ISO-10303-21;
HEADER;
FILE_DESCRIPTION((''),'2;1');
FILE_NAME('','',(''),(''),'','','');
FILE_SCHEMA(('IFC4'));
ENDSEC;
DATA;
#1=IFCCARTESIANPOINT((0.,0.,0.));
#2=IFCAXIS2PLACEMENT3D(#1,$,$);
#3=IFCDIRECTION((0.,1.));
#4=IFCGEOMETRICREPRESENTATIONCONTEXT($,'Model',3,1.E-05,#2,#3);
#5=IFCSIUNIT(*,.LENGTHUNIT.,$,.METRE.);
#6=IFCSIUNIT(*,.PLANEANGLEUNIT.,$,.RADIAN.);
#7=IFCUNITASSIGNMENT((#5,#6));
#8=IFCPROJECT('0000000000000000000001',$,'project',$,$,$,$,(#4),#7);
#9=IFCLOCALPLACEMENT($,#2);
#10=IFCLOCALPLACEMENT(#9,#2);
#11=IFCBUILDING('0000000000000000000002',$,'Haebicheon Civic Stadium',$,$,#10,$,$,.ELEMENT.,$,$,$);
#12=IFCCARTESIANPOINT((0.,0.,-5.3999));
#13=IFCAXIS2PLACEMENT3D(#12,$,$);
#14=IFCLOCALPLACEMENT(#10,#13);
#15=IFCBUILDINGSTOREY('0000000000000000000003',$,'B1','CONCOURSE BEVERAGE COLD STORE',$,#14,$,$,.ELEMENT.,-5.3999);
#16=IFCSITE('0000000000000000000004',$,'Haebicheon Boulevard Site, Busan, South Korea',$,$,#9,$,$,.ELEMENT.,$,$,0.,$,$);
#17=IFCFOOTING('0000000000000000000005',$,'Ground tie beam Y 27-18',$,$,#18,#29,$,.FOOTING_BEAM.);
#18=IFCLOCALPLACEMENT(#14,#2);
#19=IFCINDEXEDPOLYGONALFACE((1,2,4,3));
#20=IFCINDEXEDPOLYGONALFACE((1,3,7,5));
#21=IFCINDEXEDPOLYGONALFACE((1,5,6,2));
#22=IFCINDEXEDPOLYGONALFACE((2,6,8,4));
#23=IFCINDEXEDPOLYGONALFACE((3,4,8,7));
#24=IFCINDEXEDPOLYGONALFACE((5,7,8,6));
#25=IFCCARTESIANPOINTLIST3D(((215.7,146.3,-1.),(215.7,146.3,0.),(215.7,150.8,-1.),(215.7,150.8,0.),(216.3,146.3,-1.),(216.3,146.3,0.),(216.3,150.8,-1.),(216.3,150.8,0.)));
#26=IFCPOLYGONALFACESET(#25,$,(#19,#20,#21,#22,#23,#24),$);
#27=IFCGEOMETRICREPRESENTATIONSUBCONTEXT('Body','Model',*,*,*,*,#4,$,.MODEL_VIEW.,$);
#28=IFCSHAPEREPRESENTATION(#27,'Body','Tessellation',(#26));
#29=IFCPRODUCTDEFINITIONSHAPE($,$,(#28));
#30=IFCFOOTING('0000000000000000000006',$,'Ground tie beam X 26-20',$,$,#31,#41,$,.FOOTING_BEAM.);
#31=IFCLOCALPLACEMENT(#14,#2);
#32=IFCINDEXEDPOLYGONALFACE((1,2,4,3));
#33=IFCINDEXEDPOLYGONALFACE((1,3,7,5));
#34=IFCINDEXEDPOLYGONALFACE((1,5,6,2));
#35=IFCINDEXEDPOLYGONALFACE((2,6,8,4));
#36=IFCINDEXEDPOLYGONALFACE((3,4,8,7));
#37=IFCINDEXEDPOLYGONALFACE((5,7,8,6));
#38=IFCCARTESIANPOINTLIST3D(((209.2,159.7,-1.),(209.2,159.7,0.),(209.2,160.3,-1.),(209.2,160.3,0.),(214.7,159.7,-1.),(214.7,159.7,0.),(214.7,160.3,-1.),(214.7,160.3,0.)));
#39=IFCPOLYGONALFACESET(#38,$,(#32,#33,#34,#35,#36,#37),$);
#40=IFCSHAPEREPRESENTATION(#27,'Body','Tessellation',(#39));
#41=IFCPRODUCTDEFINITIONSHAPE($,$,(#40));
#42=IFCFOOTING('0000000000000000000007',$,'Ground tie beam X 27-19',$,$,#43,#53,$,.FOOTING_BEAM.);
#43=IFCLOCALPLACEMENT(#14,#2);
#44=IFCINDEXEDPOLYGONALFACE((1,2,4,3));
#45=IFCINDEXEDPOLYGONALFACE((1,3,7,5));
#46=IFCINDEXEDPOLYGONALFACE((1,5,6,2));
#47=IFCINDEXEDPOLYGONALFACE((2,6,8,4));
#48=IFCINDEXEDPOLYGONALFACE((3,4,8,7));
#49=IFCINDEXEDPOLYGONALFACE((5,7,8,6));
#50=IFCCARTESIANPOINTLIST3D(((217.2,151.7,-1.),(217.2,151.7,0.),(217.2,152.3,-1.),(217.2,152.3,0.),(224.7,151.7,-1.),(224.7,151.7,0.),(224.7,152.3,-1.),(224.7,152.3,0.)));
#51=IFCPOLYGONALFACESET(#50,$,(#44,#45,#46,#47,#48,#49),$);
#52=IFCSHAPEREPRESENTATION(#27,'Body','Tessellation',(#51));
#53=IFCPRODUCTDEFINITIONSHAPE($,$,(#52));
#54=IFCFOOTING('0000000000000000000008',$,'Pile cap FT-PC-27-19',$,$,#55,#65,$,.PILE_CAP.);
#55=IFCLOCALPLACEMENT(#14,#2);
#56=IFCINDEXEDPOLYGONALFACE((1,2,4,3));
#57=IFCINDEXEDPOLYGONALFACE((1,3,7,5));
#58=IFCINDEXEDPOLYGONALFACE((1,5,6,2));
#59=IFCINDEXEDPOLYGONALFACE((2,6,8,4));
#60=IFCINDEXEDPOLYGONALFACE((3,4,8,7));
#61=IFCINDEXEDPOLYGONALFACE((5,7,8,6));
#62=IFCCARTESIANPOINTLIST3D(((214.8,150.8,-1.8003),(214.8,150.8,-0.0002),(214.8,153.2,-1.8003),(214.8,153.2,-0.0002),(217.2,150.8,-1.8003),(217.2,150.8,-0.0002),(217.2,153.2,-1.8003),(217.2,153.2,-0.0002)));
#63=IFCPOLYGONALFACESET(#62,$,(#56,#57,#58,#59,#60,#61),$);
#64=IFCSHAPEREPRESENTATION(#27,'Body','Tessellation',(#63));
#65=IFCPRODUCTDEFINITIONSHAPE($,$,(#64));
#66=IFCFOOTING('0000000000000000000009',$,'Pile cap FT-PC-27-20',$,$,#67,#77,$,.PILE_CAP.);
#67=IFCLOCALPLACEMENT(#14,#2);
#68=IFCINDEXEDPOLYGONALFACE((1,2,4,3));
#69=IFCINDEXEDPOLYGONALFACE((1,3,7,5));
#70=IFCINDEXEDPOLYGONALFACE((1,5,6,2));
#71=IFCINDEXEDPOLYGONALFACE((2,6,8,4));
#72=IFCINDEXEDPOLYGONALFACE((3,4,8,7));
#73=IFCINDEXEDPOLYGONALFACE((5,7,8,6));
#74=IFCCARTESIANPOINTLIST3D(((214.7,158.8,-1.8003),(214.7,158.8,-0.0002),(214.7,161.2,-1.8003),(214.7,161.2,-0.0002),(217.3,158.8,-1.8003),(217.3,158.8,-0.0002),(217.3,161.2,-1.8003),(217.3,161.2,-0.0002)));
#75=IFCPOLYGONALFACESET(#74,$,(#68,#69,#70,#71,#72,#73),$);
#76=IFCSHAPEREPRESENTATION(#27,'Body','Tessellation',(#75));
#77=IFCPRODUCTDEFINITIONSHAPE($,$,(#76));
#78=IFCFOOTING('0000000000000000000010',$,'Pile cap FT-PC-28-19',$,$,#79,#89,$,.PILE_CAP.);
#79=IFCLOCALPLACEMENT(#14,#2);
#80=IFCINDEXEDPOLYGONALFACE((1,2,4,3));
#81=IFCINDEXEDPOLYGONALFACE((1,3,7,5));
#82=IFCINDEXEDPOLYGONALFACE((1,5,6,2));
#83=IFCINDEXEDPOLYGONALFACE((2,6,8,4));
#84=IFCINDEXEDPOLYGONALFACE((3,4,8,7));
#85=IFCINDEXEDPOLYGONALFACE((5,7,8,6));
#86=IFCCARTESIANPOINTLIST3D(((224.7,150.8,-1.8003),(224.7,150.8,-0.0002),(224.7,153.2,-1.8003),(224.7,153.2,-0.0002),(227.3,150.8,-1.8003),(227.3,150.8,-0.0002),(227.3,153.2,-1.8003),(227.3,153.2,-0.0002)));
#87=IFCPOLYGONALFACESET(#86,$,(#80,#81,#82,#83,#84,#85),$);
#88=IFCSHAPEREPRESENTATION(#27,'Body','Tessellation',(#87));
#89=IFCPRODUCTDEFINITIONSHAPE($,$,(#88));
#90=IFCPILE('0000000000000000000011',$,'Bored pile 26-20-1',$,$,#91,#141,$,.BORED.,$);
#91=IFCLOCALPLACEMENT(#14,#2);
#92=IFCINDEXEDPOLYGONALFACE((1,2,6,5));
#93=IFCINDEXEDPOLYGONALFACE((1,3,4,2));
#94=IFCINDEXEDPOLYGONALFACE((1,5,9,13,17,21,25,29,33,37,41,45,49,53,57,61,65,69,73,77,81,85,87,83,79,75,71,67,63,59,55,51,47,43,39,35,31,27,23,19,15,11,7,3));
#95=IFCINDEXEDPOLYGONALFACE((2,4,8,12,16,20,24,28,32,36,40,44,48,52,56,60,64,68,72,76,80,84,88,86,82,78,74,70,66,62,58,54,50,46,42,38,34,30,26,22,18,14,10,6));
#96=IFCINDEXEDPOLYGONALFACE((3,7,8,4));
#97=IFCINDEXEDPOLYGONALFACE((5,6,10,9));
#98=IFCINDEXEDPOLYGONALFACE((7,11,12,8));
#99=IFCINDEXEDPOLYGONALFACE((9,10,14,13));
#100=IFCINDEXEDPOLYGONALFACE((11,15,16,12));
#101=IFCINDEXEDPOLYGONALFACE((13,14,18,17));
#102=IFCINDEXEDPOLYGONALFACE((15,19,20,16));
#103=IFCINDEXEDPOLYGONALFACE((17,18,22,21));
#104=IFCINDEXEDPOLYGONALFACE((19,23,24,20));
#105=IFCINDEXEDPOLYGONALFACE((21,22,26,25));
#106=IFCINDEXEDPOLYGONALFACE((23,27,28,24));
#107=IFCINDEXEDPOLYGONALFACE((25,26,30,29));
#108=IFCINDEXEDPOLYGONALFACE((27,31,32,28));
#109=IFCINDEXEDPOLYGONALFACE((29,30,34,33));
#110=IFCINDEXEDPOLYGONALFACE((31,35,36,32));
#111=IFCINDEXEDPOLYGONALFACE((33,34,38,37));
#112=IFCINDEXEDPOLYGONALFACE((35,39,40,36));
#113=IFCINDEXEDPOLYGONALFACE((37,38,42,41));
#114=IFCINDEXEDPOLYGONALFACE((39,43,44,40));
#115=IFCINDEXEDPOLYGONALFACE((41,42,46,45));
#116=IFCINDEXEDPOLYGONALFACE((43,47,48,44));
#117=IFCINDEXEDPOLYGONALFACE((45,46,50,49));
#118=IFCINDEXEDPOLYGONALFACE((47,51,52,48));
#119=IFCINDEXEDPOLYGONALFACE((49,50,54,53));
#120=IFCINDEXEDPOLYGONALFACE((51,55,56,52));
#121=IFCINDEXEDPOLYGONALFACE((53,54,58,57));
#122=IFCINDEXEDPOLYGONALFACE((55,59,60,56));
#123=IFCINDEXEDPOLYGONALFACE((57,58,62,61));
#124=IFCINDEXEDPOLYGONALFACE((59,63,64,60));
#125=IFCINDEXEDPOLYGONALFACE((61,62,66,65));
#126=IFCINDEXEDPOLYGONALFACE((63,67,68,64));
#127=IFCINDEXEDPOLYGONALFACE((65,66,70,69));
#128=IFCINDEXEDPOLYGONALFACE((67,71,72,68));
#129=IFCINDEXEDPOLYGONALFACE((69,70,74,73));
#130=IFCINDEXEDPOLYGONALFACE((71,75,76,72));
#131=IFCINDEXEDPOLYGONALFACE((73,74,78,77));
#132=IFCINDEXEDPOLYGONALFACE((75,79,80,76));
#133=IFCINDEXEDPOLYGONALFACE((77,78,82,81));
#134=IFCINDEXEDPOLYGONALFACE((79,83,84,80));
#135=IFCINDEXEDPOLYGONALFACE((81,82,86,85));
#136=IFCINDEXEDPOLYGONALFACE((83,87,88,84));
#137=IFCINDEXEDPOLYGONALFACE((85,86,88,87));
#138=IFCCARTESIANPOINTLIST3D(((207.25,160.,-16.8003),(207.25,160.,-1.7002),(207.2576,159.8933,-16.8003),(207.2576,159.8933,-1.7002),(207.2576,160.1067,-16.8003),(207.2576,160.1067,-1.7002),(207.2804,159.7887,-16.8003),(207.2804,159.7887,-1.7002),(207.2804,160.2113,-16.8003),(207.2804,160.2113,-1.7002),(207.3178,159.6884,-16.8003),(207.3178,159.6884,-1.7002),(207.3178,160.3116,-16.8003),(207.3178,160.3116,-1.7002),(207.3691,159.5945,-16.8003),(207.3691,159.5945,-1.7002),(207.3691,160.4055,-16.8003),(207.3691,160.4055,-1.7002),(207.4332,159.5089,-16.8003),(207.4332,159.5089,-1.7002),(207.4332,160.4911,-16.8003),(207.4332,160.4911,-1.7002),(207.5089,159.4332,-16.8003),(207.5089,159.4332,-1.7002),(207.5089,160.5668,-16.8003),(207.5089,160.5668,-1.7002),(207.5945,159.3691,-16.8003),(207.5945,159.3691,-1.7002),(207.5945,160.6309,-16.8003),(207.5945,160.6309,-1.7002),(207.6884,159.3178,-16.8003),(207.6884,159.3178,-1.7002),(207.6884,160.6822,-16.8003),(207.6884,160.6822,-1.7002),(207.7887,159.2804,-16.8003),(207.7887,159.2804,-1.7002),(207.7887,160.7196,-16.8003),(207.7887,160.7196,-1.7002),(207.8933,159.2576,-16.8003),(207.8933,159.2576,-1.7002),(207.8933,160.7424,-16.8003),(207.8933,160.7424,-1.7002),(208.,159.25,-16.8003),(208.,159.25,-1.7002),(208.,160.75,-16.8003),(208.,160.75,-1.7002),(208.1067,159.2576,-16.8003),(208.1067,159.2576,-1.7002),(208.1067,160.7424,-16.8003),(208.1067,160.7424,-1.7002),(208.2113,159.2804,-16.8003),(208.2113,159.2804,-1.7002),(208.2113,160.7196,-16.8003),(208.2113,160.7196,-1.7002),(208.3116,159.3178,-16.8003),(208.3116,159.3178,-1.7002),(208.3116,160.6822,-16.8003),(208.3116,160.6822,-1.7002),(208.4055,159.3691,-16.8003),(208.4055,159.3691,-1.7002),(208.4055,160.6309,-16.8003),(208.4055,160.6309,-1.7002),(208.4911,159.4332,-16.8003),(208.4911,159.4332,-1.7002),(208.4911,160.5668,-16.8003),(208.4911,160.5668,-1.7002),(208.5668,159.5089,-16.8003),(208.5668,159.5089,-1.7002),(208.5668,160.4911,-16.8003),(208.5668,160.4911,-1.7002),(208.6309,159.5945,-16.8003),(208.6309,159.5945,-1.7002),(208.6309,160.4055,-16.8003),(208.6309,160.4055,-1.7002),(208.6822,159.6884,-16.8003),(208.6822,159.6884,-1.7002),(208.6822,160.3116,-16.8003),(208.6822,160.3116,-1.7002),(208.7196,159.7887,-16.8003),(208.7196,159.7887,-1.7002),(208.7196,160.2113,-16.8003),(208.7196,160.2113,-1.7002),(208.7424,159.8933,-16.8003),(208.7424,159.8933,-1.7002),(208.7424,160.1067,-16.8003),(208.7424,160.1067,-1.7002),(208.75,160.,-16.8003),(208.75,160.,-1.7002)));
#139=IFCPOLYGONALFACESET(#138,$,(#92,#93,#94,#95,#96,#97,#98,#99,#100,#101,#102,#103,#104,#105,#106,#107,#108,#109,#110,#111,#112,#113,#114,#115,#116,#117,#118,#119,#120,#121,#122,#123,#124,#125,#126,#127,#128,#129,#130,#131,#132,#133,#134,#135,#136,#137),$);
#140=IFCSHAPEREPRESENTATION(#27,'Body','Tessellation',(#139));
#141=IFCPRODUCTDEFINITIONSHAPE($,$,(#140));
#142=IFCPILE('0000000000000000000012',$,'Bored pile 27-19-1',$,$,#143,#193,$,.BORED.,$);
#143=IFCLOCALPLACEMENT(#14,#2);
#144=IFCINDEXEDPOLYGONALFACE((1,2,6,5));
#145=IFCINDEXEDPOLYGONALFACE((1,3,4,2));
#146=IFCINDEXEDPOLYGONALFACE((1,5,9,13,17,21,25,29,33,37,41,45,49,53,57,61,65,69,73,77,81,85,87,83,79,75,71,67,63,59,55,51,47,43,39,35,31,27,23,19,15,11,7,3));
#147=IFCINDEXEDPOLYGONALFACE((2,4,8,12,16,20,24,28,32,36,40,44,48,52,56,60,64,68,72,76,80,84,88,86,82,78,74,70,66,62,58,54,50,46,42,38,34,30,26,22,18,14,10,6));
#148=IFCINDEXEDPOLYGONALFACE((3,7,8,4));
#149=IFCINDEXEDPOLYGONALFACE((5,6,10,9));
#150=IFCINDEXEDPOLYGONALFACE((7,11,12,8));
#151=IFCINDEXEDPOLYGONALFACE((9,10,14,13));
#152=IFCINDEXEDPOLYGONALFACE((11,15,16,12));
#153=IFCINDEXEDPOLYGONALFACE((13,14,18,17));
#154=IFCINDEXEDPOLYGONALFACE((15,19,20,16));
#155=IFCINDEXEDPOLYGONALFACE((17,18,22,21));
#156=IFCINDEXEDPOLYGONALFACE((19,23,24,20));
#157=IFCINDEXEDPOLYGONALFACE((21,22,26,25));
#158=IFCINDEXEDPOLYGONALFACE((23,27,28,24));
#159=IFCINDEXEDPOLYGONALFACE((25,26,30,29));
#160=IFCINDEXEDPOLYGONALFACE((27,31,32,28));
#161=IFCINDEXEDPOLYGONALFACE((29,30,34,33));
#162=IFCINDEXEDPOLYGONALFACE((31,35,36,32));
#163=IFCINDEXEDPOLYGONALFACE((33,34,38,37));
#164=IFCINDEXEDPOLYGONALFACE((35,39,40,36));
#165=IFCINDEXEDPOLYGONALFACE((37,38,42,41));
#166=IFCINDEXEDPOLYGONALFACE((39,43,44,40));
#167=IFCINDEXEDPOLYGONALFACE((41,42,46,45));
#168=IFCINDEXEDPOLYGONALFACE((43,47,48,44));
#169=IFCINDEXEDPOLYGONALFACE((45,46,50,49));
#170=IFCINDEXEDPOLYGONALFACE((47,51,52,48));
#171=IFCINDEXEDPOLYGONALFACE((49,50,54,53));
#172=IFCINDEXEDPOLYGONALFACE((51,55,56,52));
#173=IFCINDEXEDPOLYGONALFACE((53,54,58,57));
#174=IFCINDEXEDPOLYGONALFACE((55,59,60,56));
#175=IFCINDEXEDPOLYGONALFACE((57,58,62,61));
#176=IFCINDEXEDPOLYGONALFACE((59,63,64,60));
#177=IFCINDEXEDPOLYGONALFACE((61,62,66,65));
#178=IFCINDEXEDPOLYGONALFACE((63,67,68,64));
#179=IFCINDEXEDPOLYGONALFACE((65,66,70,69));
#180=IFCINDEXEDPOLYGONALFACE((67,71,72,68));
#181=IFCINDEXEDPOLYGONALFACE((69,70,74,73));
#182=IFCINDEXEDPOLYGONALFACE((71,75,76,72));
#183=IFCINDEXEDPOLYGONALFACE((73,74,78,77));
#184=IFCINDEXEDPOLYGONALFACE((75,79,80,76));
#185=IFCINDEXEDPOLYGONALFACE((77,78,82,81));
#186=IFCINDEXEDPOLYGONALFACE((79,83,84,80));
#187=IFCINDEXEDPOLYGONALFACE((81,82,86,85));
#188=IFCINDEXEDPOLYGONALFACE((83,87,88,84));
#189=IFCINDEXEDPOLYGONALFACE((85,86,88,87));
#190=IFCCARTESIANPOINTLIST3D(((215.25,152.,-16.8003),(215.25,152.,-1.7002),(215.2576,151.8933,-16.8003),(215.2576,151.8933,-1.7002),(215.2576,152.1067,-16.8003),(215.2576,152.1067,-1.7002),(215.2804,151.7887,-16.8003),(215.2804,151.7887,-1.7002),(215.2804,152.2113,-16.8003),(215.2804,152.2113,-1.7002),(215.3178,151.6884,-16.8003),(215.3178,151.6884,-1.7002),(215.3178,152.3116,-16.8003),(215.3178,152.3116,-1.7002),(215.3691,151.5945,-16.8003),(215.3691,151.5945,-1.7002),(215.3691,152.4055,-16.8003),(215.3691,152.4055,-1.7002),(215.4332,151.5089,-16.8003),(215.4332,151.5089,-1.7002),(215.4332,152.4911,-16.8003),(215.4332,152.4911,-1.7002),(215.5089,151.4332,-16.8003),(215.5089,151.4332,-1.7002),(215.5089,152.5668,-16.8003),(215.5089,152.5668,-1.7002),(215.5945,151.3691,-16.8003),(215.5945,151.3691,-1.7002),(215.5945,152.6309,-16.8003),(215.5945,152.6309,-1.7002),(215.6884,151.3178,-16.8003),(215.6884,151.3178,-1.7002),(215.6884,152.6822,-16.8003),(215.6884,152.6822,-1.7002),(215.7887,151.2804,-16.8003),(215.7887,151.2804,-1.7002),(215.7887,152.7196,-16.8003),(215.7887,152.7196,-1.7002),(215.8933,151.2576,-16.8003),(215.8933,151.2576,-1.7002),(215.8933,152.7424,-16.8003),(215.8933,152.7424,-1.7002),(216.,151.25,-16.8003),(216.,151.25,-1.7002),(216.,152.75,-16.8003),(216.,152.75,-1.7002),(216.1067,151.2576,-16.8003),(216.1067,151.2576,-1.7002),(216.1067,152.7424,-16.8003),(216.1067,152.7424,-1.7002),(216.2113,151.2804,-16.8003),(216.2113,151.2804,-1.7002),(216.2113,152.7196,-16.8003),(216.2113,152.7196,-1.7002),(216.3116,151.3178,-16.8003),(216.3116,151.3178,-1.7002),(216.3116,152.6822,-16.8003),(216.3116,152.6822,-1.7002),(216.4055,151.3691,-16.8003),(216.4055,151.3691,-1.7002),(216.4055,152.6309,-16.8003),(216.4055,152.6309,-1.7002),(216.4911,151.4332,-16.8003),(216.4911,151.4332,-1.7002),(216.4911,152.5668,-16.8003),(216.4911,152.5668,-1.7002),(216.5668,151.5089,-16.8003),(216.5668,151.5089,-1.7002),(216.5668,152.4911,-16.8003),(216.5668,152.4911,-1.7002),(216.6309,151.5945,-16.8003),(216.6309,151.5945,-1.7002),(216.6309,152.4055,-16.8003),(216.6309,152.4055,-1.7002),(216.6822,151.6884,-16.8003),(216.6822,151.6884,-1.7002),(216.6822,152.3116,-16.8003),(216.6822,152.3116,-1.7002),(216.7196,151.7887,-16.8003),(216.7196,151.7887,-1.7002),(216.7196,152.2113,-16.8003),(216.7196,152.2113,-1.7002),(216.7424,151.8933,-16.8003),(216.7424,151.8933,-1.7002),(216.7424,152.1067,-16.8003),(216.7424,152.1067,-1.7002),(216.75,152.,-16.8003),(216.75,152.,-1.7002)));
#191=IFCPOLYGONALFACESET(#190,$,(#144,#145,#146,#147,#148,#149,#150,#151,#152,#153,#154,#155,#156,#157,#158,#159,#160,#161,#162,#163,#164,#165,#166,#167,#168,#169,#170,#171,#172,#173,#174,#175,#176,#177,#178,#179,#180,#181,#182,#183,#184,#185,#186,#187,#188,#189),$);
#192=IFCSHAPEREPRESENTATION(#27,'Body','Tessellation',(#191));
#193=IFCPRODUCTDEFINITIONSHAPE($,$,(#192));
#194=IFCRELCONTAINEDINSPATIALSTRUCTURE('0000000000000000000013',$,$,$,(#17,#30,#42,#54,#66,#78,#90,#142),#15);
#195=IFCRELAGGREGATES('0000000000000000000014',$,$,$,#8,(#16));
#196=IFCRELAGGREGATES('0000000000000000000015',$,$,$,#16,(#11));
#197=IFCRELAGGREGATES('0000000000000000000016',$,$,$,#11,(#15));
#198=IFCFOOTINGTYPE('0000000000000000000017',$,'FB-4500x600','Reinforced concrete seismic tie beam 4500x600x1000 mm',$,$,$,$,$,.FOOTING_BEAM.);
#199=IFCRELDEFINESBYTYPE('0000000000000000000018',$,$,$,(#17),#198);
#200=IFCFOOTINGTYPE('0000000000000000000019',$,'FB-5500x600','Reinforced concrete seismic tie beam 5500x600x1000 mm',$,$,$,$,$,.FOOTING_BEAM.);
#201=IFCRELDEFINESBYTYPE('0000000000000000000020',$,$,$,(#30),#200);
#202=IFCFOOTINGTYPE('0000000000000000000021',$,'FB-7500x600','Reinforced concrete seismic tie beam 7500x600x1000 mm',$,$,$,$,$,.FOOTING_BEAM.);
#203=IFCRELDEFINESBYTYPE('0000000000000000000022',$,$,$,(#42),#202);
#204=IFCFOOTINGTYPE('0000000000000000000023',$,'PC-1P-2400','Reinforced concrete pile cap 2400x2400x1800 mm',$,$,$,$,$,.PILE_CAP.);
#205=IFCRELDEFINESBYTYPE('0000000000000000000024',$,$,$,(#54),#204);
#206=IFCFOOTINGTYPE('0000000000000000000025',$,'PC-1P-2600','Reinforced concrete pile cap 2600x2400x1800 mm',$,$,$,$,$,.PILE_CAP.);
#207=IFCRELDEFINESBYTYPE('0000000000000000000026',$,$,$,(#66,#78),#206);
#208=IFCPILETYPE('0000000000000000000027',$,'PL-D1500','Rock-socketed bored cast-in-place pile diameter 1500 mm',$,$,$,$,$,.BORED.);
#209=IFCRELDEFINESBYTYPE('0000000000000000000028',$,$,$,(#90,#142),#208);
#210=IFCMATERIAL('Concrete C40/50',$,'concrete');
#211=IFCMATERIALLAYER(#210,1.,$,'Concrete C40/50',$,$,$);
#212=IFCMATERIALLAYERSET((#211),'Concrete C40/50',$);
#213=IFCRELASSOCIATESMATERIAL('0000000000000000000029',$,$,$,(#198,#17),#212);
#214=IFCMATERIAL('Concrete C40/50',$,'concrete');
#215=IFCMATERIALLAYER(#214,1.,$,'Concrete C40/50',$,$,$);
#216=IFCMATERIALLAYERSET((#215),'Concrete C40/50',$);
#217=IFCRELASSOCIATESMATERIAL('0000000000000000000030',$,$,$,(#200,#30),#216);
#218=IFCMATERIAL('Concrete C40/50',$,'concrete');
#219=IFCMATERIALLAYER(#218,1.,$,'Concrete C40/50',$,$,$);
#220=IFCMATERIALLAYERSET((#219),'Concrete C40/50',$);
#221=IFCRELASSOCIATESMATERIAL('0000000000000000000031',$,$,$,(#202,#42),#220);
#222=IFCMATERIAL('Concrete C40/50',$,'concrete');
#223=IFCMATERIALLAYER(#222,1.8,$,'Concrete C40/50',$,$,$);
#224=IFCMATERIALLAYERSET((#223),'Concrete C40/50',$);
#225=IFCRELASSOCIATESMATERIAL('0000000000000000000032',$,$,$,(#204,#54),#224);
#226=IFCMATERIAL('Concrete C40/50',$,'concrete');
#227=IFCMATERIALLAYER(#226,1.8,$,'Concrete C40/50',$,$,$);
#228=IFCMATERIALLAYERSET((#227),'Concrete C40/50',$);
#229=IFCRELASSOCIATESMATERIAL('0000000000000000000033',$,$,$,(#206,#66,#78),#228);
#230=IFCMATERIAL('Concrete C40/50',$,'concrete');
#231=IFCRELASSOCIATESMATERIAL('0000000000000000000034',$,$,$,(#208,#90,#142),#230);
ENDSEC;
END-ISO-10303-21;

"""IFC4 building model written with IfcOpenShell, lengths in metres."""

from ifc_helpers import new_model, si_unit, direction, frame, origin, origin_2d, place, context, subcontext, project, spatial, rectangle, circle, extrude, material, layer, layer_set, material_profile, profile_set, type_object, element, save


model = new_model("IFC4")

# Units and contexts
model_context = context("Model", 3, precision=1e-05, world=origin(), true_north=direction((0.0, 1.0)))
body_context = subcontext(model_context, "Body", "Model", "MODEL_VIEW")
ifc_project = project(units=[si_unit("LENGTHUNIT", "METRE"), si_unit("PLANEANGLEUNIT", "RADIAN")], contexts=[model_context])

# Site, building, storey
site_placement = place(None, origin())
site = spatial("IfcSite", under=ifc_project, at=site_placement, Name="Haebicheon Boulevard Site, Busan, South Korea", CompositionType="ELEMENT", RefElevation=0.0)
building_placement = place(site_placement, origin())
building = spatial("IfcBuilding", under=site, at=building_placement, Name="Haebicheon Civic Stadium", CompositionType="ELEMENT")
storey_placement = place(building_placement, frame((0.0, 0.0, -5.3999)))
storey = spatial("IfcBuildingStorey", under=building, at=storey_placement, Name="B1", Description="CONCOURSE BEVERAGE COLD STORE", CompositionType="ELEMENT", Elevation=-5.3999)

# Footings
ifc_material_1 = material(Name="Concrete C40/50", Category="concrete")
ifc_layer_1 = layer(ifc_material_1, 1.0, Name="Concrete C40/50")
ifc_layer_set_1 = layer_set([ifc_layer_1], Name="Concrete C40/50")
footing_type_1 = type_object("IfcFootingType", Name="FB-4500x600", Description="Reinforced concrete seismic tie beam 4500x600x1000 mm", PredefinedType="FOOTING_BEAM", material=ifc_layer_set_1)
footing_1_placement = place(storey_placement, frame((216.0, 148.55, -1.0), z_axis=(0.0, 0.0, 1.0), x_axis=(0.0, 1.0, 0.0)))
element("IfcFooting", 1, at=footing_1_placement, inside=storey, type_object=footing_type_1, material=ifc_layer_set_1, Name="Ground tie beam Y 27-18", PredefinedType="FOOTING_BEAM", context=body_context, shape_type="SweptSolid", body=[
    extrude(rectangle(XDim=4.5, YDim=0.6001, at=origin_2d()), origin(), (0.0, 0.0, 1.0), 1.0),
])
ifc_material_2 = material(Name="Concrete C40/50", Category="concrete")
ifc_layer_2 = layer(ifc_material_2, 1.0, Name="Concrete C40/50")
ifc_layer_set_2 = layer_set([ifc_layer_2], Name="Concrete C40/50")
footing_type_2 = type_object("IfcFootingType", Name="FB-5500x600", Description="Reinforced concrete seismic tie beam 5500x600x1000 mm", PredefinedType="FOOTING_BEAM", material=ifc_layer_set_2)
footing_2_placement = place(storey_placement, frame((211.95, 160.0, -1.0), z_axis=(0.0, 0.0, 1.0), x_axis=(1.0, 0.0, 0.0)))
element("IfcFooting", 2, at=footing_2_placement, inside=storey, type_object=footing_type_2, material=ifc_layer_set_2, Name="Ground tie beam X 26-20", PredefinedType="FOOTING_BEAM", context=body_context, shape_type="SweptSolid", body=[
    extrude(rectangle(XDim=5.5, YDim=0.6001, at=origin_2d()), origin(), (0.0, 0.0, 1.0), 1.0),
])
ifc_material_3 = material(Name="Concrete C40/50", Category="concrete")
ifc_layer_3 = layer(ifc_material_3, 1.0, Name="Concrete C40/50")
ifc_layer_set_3 = layer_set([ifc_layer_3], Name="Concrete C40/50")
footing_type_3 = type_object("IfcFootingType", Name="FB-7500x600", Description="Reinforced concrete seismic tie beam 7500x600x1000 mm", PredefinedType="FOOTING_BEAM", material=ifc_layer_set_3)
footing_3_placement = place(storey_placement, frame((220.95, 152.0, -1.0), z_axis=(0.0, 0.0, 1.0), x_axis=(1.0, 0.0, 0.0)))
element("IfcFooting", 3, at=footing_3_placement, inside=storey, type_object=footing_type_3, material=ifc_layer_set_3, Name="Ground tie beam X 27-19", PredefinedType="FOOTING_BEAM", context=body_context, shape_type="SweptSolid", body=[
    extrude(rectangle(XDim=7.5, YDim=0.6001, at=origin_2d()), origin(), (0.0, 0.0, 1.0), 1.0),
])
ifc_material_4 = material(Name="Concrete C40/50", Category="concrete")
ifc_layer_4 = layer(ifc_material_4, 1.8, Name="Concrete C40/50")
ifc_layer_set_4 = layer_set([ifc_layer_4], Name="Concrete C40/50")
footing_type_4 = type_object("IfcFootingType", Name="PC-1P-2400", Description="Reinforced concrete pile cap 2400x2400x1800 mm", PredefinedType="PILE_CAP", material=ifc_layer_set_4)
footing_4_placement = place(storey_placement, frame((216.0, 152.0, -1.8003), z_axis=(0.0, 0.0, 1.0), x_axis=(1.0, 0.0, 0.0)))
element("IfcFooting", 4, at=footing_4_placement, inside=storey, type_object=footing_type_4, material=ifc_layer_set_4, Name="Pile cap FT-PC-27-19", PredefinedType="PILE_CAP", context=body_context, shape_type="SweptSolid", body=[
    extrude(rectangle(XDim=2.3999, YDim=2.3999, at=origin_2d()), origin(), (0.0, 0.0, 1.0), 1.8),
])
ifc_material_5 = material(Name="Concrete C40/50", Category="concrete")
ifc_layer_5 = layer(ifc_material_5, 1.8, Name="Concrete C40/50")
ifc_layer_set_5 = layer_set([ifc_layer_5], Name="Concrete C40/50")
footing_type_5 = type_object("IfcFootingType", Name="PC-1P-2600", Description="Reinforced concrete pile cap 2600x2400x1800 mm", PredefinedType="PILE_CAP", material=ifc_layer_set_5)
for number, where, z_axis, x_axis, name in (
    (5, (216.0, 160.0, -1.8003), (0.0, 0.0, 1.0), (1.0, 0.0, 0.0), "Pile cap FT-PC-27-20"),
    (6, (226.0, 152.0, -1.8003), (0.0, 0.0, 1.0), (1.0, 0.0, 0.0), "Pile cap FT-PC-28-19"),
):
    element("IfcFooting", number, at=place(storey_placement, frame(where, z_axis=z_axis, x_axis=x_axis)), inside=storey, type_object=footing_type_5, material=ifc_layer_set_5, Name=name, PredefinedType="PILE_CAP", context=body_context, shape_type="SweptSolid", body=[
        extrude(rectangle(XDim=2.6001, YDim=2.3999, at=origin_2d()), origin(), (0.0, 0.0, 1.0), 1.8),
    ])

# Piles
ifc_material_6 = material(Name="Concrete C40/50", Category="concrete")
ifc_material_profile_1 = material_profile(ifc_material_6, circle(Radius=0.75, at=origin_2d()), Name="PILE-D1500")
ifc_profile_set_1 = profile_set([ifc_material_profile_1], Name="Concrete C40/50")
pile_type = type_object("IfcPileType", Name="PL-D1500", Description="Rock-socketed bored cast-in-place pile diameter 1500 mm", PredefinedType="BORED", material=ifc_profile_set_1)
for number, where, z_axis, x_axis, name in (
    (7, (208.0, 160.0, -1.7002), (0.0, 0.0, -1.0), (1.0, 0.0, 0.0), "Bored pile 26-20-1"),
    (8, (216.0, 152.0, -1.7002), (0.0, 0.0, -1.0), (1.0, 0.0, 0.0), "Bored pile 27-19-1"),
):
    element("IfcPile", number, at=place(storey_placement, frame(where, z_axis=z_axis, x_axis=x_axis)), inside=storey, type_object=pile_type, material=ifc_profile_set_1, Name=name, PredefinedType="BORED", context=body_context, shape_type="SweptSolid", body=[
        extrude(circle(Radius=0.75, at=origin_2d()), origin(), (0.0, 0.0, 1.0), 15.1001),
    ])

save(model, "model.ifc")
